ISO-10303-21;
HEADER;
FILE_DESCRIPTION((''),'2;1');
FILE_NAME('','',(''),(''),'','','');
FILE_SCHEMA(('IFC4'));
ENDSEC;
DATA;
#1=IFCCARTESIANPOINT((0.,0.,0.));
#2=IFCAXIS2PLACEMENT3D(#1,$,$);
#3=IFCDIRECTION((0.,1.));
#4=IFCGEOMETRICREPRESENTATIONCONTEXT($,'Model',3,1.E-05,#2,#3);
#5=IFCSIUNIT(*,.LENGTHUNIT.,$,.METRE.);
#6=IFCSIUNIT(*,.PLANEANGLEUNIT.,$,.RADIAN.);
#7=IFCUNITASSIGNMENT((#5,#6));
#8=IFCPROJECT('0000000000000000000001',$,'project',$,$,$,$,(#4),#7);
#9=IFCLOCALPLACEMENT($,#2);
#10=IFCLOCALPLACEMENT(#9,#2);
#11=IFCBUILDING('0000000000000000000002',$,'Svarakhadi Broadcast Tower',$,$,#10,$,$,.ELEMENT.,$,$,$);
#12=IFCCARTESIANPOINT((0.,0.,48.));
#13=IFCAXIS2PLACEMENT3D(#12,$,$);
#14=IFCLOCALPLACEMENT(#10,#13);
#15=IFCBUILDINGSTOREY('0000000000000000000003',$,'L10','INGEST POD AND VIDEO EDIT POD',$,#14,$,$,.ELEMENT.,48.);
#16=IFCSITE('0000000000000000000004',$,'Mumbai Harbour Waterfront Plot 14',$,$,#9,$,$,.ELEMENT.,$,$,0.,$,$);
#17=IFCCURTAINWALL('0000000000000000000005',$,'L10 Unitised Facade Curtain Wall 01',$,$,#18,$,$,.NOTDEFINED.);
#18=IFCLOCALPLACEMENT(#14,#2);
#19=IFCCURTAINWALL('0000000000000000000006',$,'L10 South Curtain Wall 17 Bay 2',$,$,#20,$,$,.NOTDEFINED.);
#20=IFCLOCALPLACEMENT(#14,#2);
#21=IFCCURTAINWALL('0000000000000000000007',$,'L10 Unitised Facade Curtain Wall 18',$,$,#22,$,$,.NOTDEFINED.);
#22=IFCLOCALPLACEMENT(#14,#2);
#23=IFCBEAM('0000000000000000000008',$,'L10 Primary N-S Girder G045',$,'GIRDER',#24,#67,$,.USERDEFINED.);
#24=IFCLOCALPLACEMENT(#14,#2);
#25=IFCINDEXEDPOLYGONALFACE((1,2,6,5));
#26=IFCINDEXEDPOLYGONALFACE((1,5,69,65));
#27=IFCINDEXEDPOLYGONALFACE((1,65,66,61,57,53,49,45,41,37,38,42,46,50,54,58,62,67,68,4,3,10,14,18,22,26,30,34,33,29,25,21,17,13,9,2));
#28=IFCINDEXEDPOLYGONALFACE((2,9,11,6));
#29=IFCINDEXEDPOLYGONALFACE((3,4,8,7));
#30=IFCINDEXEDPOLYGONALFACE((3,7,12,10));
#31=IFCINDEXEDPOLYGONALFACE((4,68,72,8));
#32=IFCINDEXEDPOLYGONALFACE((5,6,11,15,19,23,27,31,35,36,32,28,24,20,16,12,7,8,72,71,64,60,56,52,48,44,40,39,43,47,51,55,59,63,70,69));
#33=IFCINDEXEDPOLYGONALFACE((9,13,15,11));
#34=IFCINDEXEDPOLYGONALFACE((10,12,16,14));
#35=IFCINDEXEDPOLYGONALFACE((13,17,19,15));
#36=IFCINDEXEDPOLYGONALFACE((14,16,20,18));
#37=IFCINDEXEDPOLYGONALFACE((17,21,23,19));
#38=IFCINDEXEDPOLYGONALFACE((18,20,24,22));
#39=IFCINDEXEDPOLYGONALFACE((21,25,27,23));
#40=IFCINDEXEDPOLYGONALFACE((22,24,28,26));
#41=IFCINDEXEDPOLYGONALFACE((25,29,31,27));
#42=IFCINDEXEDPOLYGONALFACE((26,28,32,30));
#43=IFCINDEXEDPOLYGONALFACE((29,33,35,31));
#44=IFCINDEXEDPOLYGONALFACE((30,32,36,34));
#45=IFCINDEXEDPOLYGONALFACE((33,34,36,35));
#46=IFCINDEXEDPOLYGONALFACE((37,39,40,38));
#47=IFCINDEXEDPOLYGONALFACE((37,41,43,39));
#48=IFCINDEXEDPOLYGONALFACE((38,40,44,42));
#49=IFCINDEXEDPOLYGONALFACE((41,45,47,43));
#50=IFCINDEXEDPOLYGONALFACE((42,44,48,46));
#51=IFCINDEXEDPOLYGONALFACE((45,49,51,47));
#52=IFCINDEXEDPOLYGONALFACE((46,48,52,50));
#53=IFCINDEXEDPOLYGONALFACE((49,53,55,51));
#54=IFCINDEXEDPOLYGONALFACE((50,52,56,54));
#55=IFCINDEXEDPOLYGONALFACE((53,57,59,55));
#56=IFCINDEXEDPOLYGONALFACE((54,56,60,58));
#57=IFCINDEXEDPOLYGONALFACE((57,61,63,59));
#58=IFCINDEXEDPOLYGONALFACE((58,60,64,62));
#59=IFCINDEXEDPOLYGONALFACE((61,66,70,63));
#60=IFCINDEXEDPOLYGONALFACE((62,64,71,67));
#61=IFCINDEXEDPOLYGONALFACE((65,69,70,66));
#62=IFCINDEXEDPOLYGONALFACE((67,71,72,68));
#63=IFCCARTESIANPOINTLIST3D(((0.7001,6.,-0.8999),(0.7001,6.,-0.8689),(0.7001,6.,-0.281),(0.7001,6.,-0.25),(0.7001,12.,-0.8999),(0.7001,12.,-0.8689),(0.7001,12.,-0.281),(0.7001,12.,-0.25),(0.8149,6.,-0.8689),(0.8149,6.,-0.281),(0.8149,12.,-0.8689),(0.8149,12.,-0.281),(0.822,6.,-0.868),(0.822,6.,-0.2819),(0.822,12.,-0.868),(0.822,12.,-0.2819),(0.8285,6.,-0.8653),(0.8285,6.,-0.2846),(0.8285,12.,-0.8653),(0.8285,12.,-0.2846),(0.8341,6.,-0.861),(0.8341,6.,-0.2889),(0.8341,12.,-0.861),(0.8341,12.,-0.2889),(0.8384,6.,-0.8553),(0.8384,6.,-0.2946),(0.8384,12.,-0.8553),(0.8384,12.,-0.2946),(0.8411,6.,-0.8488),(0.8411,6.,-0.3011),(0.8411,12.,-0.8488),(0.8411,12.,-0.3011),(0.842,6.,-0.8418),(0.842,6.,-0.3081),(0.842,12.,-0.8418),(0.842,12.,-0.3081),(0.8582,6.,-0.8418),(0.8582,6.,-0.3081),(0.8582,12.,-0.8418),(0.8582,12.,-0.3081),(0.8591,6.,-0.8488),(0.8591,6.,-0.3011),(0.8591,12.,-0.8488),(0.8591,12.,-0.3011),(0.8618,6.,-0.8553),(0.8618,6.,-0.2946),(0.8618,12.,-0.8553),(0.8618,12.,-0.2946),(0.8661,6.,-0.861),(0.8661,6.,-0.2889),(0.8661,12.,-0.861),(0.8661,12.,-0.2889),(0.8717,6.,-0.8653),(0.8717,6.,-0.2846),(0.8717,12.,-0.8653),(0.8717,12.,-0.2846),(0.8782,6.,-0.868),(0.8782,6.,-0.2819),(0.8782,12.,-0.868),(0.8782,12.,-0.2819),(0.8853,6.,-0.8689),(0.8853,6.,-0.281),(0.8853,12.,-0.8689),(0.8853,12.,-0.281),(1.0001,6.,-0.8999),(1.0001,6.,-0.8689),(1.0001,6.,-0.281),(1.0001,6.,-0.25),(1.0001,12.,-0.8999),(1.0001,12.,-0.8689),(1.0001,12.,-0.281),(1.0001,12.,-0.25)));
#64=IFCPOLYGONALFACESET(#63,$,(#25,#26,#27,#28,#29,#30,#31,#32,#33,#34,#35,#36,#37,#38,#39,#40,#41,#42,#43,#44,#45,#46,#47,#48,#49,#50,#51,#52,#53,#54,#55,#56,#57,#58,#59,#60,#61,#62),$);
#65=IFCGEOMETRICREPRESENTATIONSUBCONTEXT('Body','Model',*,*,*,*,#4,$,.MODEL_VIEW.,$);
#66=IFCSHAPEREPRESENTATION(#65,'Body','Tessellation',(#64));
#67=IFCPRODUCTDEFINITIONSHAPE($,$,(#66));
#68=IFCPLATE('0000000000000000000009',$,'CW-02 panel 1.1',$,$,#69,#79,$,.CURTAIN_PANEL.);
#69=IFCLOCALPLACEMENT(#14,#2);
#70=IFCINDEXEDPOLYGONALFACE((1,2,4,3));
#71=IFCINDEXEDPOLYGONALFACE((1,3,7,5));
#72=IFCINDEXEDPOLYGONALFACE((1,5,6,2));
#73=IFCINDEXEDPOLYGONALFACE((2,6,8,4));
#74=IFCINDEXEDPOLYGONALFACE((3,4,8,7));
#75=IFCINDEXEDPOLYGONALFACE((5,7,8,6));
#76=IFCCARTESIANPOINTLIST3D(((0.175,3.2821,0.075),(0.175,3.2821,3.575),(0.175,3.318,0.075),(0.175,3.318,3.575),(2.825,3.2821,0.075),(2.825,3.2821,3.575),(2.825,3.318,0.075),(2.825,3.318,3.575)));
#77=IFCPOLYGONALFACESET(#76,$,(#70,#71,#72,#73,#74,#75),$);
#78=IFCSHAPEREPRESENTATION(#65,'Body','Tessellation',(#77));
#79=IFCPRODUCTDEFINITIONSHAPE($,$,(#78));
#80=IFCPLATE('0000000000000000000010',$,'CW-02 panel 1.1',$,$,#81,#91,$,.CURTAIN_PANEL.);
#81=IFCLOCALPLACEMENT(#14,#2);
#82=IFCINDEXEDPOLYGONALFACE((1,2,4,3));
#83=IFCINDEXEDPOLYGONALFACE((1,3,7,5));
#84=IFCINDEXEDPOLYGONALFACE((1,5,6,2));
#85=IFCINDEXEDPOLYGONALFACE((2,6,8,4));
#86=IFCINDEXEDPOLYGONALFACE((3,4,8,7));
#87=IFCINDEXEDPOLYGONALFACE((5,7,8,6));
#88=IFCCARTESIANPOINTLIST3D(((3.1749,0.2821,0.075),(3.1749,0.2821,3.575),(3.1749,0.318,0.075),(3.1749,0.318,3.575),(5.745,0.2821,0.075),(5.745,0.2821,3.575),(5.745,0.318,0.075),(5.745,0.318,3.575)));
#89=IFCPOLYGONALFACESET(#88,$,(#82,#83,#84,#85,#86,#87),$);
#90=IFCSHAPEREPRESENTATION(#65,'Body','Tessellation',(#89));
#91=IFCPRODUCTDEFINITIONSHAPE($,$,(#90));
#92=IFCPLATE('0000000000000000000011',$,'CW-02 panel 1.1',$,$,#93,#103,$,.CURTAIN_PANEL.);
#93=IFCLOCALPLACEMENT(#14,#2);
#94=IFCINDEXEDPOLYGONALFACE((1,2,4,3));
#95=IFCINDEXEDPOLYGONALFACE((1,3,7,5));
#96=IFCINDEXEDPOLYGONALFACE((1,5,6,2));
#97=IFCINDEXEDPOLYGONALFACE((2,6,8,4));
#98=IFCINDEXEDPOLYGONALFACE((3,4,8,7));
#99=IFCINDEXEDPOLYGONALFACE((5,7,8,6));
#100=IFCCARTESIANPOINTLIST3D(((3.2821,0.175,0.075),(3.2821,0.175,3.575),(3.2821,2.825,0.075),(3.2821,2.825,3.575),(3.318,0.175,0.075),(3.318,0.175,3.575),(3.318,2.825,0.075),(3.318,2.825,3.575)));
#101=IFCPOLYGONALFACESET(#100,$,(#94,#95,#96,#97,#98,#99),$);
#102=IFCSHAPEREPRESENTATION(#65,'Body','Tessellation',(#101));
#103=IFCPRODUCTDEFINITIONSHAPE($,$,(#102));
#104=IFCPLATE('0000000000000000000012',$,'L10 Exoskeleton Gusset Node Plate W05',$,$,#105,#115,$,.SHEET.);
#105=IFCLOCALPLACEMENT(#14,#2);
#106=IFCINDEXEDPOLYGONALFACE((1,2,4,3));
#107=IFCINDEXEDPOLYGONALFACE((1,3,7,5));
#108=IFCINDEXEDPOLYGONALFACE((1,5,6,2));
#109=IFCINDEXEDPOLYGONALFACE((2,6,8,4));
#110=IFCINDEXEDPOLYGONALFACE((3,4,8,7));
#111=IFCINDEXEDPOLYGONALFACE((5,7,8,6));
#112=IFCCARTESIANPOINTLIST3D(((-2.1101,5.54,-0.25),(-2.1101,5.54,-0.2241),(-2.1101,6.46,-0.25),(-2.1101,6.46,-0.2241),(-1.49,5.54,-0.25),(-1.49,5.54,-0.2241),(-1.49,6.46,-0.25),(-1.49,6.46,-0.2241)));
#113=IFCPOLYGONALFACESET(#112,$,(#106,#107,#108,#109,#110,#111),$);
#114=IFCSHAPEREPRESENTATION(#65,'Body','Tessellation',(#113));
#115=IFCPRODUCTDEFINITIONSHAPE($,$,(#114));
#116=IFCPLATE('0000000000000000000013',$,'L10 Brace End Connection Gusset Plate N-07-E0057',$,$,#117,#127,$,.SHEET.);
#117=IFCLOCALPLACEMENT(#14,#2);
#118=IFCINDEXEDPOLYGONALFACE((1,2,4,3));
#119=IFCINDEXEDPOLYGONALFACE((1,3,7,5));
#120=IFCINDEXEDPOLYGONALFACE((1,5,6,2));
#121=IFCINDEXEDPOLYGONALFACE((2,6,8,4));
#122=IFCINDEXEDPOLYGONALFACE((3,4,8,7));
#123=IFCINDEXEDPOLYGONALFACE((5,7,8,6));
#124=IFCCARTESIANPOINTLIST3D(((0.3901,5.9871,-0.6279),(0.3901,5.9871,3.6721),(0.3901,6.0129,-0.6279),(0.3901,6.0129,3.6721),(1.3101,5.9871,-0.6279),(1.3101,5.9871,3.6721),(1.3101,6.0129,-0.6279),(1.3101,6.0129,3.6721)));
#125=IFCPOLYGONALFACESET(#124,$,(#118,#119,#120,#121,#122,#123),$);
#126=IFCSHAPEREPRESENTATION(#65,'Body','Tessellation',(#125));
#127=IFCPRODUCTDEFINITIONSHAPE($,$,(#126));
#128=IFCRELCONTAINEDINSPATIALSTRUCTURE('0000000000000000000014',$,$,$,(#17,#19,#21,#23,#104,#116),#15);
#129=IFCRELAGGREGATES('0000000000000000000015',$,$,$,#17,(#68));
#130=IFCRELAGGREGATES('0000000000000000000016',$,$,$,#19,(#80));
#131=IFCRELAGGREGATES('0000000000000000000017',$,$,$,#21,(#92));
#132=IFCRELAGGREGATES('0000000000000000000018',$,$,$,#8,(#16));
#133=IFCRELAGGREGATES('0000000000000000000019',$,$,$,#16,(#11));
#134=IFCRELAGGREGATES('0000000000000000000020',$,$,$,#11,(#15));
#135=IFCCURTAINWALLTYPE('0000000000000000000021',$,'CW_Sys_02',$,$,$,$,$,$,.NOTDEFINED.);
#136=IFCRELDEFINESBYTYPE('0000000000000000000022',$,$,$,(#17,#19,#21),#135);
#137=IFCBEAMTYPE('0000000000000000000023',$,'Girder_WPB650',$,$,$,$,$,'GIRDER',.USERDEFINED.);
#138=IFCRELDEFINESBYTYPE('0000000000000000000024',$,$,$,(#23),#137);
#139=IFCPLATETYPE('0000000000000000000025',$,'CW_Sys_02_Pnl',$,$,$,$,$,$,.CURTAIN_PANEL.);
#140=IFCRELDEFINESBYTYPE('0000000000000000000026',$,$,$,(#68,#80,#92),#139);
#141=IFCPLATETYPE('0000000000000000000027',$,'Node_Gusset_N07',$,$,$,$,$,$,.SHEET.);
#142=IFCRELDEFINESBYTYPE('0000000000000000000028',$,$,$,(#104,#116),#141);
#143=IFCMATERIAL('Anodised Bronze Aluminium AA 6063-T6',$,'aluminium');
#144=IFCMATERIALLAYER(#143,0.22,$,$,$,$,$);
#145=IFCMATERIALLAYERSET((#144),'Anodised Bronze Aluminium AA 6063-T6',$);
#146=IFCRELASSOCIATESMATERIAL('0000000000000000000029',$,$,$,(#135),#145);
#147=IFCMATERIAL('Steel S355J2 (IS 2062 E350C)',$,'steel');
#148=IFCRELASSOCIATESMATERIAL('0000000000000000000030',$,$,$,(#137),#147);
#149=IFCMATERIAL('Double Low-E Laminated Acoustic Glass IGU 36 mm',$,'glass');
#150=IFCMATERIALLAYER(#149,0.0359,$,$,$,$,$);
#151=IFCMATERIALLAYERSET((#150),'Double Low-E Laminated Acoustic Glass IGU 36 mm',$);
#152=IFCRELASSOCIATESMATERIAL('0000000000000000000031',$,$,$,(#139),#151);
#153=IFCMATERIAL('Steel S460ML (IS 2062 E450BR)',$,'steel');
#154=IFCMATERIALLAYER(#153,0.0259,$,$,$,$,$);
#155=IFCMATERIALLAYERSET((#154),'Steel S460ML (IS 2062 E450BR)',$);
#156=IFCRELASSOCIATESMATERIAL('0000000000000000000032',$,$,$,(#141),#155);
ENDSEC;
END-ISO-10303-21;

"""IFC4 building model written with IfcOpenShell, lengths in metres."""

from ifc_helpers import new_model, si_unit, direction, frame, origin, origin_2d, place, context, subcontext, project, spatial, rectangle, i_section, extrude, material, layer, layer_set, material_profile, profile_set, type_object, element, aggregate, save


model = new_model("IFC4")

# Units and contexts
model_context = context("Model", 3, precision=1e-05, world=origin(), true_north=direction((0.0, 1.0)))
body_context = subcontext(model_context, "Body", "Model", "MODEL_VIEW")
ifc_project = project(units=[si_unit("LENGTHUNIT", "METRE"), si_unit("PLANEANGLEUNIT", "RADIAN")], contexts=[model_context])

# Site, building, storey
site_placement = place(None, origin())
site = spatial("IfcSite", under=ifc_project, at=site_placement, Name="Mumbai Harbour Waterfront Plot 14", CompositionType="ELEMENT", RefElevation=0.0)
building_placement = place(site_placement, origin())
building = spatial("IfcBuilding", under=site, at=building_placement, Name="Svarakhadi Broadcast Tower", CompositionType="ELEMENT")
storey_placement = place(building_placement, frame((0.0, 0.0, 48.0)))
storey = spatial("IfcBuildingStorey", under=building, at=storey_placement, Name="L10", Description="INGEST POD AND VIDEO EDIT POD", CompositionType="ELEMENT", Elevation=48.0)

# Shared definitions
ifc_material_1 = material(Name="Steel S460ML (IS 2062 E450BR)", Category="steel")

# Curtain wall
ifc_material_2 = material(Name="Anodised Bronze Aluminium AA 6063-T6", Category="aluminium")
ifc_layer_1 = layer(ifc_material_2, 0.22)
ifc_layer_set_1 = layer_set([ifc_layer_1], Name="Anodised Bronze Aluminium AA 6063-T6")
curtain_wall_type = type_object("IfcCurtainWallType", Name="CW_Sys_02", PredefinedType="NOTDEFINED", material=ifc_layer_set_1)
curtain_wall_1_placement = place(storey_placement, origin())
curtain_wall_1 = element("IfcCurtainWall", 1, at=curtain_wall_1_placement, inside=storey, type_object=curtain_wall_type, Name="L10 Unitised Facade Curtain Wall 01", PredefinedType="NOTDEFINED")

# Curtain wall
curtain_wall_2_placement = place(storey_placement, origin())
curtain_wall_2 = element("IfcCurtainWall", 2, at=curtain_wall_2_placement, inside=storey, type_object=curtain_wall_type, Name="L10 South Curtain Wall 17 Bay 2", PredefinedType="NOTDEFINED")

# Curtain wall
curtain_wall_3_placement = place(storey_placement, origin())
curtain_wall_3 = element("IfcCurtainWall", 3, at=curtain_wall_3_placement, inside=storey, type_object=curtain_wall_type, Name="L10 Unitised Facade Curtain Wall 18", PredefinedType="NOTDEFINED")

# Beam
ifc_material_3 = material(Name="Steel S355J2 (IS 2062 E350C)", Category="steel")
ifc_material_profile_1 = material_profile(ifc_material_3, i_section(OverallWidth=0.3, OverallDepth=0.6499, WebThickness=0.0161, FlangeThickness=0.031, FilletRadius=0.0271, at=origin_2d()), Name="WPB 650x300x225")
ifc_profile_set_1 = profile_set([ifc_material_profile_1], Name="Steel S355J2 (IS 2062 E350C)")
beam_type = type_object("IfcBeamType", Name="Girder_WPB650", ElementType="GIRDER", PredefinedType="USERDEFINED", material=ifc_profile_set_1)
beam_1_placement = place(storey_placement, frame((0.8501, 6.0, -0.575), z_axis=(0.0, 1.0, 0.0), x_axis=(-1.0, 0.0, 0.0)))
element("IfcBeam", 4, at=beam_1_placement, inside=storey, type_object=beam_type, Name="L10 Primary N-S Girder G045", ObjectType="GIRDER", PredefinedType="USERDEFINED", context=body_context, shape_type="SweptSolid", body=[
    extrude(i_section(OverallWidth=0.3, OverallDepth=0.6499, WebThickness=0.0161, FlangeThickness=0.031, FilletRadius=0.0271, at=origin_2d()), origin(), (0.0, 0.0, 1.0), 6.0),
])

# Plates
ifc_material_4 = material(Name="Double Low-E Laminated Acoustic Glass IGU 36 mm", Category="glass")
ifc_layer_2 = layer(ifc_material_4, 0.0359)
ifc_layer_set_2 = layer_set([ifc_layer_2], Name="Double Low-E Laminated Acoustic Glass IGU 36 mm")
plate_type_1 = type_object("IfcPlateType", Name="CW_Sys_02_Pnl", PredefinedType="CURTAIN_PANEL", material=ifc_layer_set_2)
plate_1_placement = place(storey_placement, frame((1.5, 3.3, 0.075), z_axis=(0.0, 0.0, 1.0), x_axis=(-1.0, 0.0, 0.0)))
plate_1 = element("IfcPlate", 5, at=plate_1_placement, type_object=plate_type_1, Name="CW-02 panel 1.1", PredefinedType="CURTAIN_PANEL", context=body_context, shape_type="SweptSolid", body=[
    extrude(rectangle(XDim=2.6499, YDim=0.0359, at=origin_2d()), origin(), (0.0, 0.0, 1.0), 3.5),
])
aggregate(curtain_wall_1, [plate_1])
plate_2_placement = place(storey_placement, frame((4.46, 0.3, 0.075), z_axis=(0.0, 0.0, 1.0), x_axis=(-1.0, 0.0, 0.0)))
plate_2 = element("IfcPlate", 6, at=plate_2_placement, type_object=plate_type_1, Name="CW-02 panel 1.1", PredefinedType="CURTAIN_PANEL", context=body_context, shape_type="SweptSolid", body=[
    extrude(rectangle(XDim=2.5701, YDim=0.0359, at=origin_2d()), origin(), (0.0, 0.0, 1.0), 3.5),
])
aggregate(curtain_wall_2, [plate_2])
plate_3_placement = place(storey_placement, frame((3.3, 1.5, 0.075), z_axis=(0.0, 0.0, 1.0), x_axis=(0.0, 1.0, 0.0)))
plate_3 = element("IfcPlate", 7, at=plate_3_placement, type_object=plate_type_1, Name="CW-02 panel 1.1", PredefinedType="CURTAIN_PANEL", context=body_context, shape_type="SweptSolid", body=[
    extrude(rectangle(XDim=2.6499, YDim=0.0359, at=origin_2d()), origin(), (0.0, 0.0, 1.0), 3.5),
])
aggregate(curtain_wall_3, [plate_3])

# Plates
ifc_layer_3 = layer(ifc_material_1, 0.0259)
ifc_layer_set_3 = layer_set([ifc_layer_3], Name="Steel S460ML (IS 2062 E450BR)")
plate_type_2 = type_object("IfcPlateType", Name="Node_Gusset_N07", PredefinedType="SHEET", material=ifc_layer_set_3)
plate_4_placement = place(storey_placement, frame((-1.8, 6.0, -0.25), z_axis=(0.0, 0.0, 1.0), x_axis=(0.0, 1.0, 0.0)))
element("IfcPlate", 8, at=plate_4_placement, inside=storey, type_object=plate_type_2, Name="L10 Exoskeleton Gusset Node Plate W05", PredefinedType="SHEET", context=body_context, shape_type="SweptSolid", body=[
    extrude(rectangle(XDim=0.9199, YDim=0.6201, at=origin_2d()), origin(), (0.0, 0.0, 1.0), 0.0259),
])
plate_5_placement = place(storey_placement, frame((0.8501, 6.0, -0.6279), z_axis=(0.0, 0.0, 1.0), x_axis=(1.0, 0.0, 0.0)))
element("IfcPlate", 9, at=plate_5_placement, inside=storey, type_object=plate_type_2, Name="L10 Brace End Connection Gusset Plate N-07-E0057", PredefinedType="SHEET", context=body_context, shape_type="SweptSolid", body=[
    extrude(rectangle(XDim=0.9199, YDim=0.0259, at=origin_2d()), origin(), (0.0, 0.0, 1.0), 4.3),
])

save(model, "model.ifc")
